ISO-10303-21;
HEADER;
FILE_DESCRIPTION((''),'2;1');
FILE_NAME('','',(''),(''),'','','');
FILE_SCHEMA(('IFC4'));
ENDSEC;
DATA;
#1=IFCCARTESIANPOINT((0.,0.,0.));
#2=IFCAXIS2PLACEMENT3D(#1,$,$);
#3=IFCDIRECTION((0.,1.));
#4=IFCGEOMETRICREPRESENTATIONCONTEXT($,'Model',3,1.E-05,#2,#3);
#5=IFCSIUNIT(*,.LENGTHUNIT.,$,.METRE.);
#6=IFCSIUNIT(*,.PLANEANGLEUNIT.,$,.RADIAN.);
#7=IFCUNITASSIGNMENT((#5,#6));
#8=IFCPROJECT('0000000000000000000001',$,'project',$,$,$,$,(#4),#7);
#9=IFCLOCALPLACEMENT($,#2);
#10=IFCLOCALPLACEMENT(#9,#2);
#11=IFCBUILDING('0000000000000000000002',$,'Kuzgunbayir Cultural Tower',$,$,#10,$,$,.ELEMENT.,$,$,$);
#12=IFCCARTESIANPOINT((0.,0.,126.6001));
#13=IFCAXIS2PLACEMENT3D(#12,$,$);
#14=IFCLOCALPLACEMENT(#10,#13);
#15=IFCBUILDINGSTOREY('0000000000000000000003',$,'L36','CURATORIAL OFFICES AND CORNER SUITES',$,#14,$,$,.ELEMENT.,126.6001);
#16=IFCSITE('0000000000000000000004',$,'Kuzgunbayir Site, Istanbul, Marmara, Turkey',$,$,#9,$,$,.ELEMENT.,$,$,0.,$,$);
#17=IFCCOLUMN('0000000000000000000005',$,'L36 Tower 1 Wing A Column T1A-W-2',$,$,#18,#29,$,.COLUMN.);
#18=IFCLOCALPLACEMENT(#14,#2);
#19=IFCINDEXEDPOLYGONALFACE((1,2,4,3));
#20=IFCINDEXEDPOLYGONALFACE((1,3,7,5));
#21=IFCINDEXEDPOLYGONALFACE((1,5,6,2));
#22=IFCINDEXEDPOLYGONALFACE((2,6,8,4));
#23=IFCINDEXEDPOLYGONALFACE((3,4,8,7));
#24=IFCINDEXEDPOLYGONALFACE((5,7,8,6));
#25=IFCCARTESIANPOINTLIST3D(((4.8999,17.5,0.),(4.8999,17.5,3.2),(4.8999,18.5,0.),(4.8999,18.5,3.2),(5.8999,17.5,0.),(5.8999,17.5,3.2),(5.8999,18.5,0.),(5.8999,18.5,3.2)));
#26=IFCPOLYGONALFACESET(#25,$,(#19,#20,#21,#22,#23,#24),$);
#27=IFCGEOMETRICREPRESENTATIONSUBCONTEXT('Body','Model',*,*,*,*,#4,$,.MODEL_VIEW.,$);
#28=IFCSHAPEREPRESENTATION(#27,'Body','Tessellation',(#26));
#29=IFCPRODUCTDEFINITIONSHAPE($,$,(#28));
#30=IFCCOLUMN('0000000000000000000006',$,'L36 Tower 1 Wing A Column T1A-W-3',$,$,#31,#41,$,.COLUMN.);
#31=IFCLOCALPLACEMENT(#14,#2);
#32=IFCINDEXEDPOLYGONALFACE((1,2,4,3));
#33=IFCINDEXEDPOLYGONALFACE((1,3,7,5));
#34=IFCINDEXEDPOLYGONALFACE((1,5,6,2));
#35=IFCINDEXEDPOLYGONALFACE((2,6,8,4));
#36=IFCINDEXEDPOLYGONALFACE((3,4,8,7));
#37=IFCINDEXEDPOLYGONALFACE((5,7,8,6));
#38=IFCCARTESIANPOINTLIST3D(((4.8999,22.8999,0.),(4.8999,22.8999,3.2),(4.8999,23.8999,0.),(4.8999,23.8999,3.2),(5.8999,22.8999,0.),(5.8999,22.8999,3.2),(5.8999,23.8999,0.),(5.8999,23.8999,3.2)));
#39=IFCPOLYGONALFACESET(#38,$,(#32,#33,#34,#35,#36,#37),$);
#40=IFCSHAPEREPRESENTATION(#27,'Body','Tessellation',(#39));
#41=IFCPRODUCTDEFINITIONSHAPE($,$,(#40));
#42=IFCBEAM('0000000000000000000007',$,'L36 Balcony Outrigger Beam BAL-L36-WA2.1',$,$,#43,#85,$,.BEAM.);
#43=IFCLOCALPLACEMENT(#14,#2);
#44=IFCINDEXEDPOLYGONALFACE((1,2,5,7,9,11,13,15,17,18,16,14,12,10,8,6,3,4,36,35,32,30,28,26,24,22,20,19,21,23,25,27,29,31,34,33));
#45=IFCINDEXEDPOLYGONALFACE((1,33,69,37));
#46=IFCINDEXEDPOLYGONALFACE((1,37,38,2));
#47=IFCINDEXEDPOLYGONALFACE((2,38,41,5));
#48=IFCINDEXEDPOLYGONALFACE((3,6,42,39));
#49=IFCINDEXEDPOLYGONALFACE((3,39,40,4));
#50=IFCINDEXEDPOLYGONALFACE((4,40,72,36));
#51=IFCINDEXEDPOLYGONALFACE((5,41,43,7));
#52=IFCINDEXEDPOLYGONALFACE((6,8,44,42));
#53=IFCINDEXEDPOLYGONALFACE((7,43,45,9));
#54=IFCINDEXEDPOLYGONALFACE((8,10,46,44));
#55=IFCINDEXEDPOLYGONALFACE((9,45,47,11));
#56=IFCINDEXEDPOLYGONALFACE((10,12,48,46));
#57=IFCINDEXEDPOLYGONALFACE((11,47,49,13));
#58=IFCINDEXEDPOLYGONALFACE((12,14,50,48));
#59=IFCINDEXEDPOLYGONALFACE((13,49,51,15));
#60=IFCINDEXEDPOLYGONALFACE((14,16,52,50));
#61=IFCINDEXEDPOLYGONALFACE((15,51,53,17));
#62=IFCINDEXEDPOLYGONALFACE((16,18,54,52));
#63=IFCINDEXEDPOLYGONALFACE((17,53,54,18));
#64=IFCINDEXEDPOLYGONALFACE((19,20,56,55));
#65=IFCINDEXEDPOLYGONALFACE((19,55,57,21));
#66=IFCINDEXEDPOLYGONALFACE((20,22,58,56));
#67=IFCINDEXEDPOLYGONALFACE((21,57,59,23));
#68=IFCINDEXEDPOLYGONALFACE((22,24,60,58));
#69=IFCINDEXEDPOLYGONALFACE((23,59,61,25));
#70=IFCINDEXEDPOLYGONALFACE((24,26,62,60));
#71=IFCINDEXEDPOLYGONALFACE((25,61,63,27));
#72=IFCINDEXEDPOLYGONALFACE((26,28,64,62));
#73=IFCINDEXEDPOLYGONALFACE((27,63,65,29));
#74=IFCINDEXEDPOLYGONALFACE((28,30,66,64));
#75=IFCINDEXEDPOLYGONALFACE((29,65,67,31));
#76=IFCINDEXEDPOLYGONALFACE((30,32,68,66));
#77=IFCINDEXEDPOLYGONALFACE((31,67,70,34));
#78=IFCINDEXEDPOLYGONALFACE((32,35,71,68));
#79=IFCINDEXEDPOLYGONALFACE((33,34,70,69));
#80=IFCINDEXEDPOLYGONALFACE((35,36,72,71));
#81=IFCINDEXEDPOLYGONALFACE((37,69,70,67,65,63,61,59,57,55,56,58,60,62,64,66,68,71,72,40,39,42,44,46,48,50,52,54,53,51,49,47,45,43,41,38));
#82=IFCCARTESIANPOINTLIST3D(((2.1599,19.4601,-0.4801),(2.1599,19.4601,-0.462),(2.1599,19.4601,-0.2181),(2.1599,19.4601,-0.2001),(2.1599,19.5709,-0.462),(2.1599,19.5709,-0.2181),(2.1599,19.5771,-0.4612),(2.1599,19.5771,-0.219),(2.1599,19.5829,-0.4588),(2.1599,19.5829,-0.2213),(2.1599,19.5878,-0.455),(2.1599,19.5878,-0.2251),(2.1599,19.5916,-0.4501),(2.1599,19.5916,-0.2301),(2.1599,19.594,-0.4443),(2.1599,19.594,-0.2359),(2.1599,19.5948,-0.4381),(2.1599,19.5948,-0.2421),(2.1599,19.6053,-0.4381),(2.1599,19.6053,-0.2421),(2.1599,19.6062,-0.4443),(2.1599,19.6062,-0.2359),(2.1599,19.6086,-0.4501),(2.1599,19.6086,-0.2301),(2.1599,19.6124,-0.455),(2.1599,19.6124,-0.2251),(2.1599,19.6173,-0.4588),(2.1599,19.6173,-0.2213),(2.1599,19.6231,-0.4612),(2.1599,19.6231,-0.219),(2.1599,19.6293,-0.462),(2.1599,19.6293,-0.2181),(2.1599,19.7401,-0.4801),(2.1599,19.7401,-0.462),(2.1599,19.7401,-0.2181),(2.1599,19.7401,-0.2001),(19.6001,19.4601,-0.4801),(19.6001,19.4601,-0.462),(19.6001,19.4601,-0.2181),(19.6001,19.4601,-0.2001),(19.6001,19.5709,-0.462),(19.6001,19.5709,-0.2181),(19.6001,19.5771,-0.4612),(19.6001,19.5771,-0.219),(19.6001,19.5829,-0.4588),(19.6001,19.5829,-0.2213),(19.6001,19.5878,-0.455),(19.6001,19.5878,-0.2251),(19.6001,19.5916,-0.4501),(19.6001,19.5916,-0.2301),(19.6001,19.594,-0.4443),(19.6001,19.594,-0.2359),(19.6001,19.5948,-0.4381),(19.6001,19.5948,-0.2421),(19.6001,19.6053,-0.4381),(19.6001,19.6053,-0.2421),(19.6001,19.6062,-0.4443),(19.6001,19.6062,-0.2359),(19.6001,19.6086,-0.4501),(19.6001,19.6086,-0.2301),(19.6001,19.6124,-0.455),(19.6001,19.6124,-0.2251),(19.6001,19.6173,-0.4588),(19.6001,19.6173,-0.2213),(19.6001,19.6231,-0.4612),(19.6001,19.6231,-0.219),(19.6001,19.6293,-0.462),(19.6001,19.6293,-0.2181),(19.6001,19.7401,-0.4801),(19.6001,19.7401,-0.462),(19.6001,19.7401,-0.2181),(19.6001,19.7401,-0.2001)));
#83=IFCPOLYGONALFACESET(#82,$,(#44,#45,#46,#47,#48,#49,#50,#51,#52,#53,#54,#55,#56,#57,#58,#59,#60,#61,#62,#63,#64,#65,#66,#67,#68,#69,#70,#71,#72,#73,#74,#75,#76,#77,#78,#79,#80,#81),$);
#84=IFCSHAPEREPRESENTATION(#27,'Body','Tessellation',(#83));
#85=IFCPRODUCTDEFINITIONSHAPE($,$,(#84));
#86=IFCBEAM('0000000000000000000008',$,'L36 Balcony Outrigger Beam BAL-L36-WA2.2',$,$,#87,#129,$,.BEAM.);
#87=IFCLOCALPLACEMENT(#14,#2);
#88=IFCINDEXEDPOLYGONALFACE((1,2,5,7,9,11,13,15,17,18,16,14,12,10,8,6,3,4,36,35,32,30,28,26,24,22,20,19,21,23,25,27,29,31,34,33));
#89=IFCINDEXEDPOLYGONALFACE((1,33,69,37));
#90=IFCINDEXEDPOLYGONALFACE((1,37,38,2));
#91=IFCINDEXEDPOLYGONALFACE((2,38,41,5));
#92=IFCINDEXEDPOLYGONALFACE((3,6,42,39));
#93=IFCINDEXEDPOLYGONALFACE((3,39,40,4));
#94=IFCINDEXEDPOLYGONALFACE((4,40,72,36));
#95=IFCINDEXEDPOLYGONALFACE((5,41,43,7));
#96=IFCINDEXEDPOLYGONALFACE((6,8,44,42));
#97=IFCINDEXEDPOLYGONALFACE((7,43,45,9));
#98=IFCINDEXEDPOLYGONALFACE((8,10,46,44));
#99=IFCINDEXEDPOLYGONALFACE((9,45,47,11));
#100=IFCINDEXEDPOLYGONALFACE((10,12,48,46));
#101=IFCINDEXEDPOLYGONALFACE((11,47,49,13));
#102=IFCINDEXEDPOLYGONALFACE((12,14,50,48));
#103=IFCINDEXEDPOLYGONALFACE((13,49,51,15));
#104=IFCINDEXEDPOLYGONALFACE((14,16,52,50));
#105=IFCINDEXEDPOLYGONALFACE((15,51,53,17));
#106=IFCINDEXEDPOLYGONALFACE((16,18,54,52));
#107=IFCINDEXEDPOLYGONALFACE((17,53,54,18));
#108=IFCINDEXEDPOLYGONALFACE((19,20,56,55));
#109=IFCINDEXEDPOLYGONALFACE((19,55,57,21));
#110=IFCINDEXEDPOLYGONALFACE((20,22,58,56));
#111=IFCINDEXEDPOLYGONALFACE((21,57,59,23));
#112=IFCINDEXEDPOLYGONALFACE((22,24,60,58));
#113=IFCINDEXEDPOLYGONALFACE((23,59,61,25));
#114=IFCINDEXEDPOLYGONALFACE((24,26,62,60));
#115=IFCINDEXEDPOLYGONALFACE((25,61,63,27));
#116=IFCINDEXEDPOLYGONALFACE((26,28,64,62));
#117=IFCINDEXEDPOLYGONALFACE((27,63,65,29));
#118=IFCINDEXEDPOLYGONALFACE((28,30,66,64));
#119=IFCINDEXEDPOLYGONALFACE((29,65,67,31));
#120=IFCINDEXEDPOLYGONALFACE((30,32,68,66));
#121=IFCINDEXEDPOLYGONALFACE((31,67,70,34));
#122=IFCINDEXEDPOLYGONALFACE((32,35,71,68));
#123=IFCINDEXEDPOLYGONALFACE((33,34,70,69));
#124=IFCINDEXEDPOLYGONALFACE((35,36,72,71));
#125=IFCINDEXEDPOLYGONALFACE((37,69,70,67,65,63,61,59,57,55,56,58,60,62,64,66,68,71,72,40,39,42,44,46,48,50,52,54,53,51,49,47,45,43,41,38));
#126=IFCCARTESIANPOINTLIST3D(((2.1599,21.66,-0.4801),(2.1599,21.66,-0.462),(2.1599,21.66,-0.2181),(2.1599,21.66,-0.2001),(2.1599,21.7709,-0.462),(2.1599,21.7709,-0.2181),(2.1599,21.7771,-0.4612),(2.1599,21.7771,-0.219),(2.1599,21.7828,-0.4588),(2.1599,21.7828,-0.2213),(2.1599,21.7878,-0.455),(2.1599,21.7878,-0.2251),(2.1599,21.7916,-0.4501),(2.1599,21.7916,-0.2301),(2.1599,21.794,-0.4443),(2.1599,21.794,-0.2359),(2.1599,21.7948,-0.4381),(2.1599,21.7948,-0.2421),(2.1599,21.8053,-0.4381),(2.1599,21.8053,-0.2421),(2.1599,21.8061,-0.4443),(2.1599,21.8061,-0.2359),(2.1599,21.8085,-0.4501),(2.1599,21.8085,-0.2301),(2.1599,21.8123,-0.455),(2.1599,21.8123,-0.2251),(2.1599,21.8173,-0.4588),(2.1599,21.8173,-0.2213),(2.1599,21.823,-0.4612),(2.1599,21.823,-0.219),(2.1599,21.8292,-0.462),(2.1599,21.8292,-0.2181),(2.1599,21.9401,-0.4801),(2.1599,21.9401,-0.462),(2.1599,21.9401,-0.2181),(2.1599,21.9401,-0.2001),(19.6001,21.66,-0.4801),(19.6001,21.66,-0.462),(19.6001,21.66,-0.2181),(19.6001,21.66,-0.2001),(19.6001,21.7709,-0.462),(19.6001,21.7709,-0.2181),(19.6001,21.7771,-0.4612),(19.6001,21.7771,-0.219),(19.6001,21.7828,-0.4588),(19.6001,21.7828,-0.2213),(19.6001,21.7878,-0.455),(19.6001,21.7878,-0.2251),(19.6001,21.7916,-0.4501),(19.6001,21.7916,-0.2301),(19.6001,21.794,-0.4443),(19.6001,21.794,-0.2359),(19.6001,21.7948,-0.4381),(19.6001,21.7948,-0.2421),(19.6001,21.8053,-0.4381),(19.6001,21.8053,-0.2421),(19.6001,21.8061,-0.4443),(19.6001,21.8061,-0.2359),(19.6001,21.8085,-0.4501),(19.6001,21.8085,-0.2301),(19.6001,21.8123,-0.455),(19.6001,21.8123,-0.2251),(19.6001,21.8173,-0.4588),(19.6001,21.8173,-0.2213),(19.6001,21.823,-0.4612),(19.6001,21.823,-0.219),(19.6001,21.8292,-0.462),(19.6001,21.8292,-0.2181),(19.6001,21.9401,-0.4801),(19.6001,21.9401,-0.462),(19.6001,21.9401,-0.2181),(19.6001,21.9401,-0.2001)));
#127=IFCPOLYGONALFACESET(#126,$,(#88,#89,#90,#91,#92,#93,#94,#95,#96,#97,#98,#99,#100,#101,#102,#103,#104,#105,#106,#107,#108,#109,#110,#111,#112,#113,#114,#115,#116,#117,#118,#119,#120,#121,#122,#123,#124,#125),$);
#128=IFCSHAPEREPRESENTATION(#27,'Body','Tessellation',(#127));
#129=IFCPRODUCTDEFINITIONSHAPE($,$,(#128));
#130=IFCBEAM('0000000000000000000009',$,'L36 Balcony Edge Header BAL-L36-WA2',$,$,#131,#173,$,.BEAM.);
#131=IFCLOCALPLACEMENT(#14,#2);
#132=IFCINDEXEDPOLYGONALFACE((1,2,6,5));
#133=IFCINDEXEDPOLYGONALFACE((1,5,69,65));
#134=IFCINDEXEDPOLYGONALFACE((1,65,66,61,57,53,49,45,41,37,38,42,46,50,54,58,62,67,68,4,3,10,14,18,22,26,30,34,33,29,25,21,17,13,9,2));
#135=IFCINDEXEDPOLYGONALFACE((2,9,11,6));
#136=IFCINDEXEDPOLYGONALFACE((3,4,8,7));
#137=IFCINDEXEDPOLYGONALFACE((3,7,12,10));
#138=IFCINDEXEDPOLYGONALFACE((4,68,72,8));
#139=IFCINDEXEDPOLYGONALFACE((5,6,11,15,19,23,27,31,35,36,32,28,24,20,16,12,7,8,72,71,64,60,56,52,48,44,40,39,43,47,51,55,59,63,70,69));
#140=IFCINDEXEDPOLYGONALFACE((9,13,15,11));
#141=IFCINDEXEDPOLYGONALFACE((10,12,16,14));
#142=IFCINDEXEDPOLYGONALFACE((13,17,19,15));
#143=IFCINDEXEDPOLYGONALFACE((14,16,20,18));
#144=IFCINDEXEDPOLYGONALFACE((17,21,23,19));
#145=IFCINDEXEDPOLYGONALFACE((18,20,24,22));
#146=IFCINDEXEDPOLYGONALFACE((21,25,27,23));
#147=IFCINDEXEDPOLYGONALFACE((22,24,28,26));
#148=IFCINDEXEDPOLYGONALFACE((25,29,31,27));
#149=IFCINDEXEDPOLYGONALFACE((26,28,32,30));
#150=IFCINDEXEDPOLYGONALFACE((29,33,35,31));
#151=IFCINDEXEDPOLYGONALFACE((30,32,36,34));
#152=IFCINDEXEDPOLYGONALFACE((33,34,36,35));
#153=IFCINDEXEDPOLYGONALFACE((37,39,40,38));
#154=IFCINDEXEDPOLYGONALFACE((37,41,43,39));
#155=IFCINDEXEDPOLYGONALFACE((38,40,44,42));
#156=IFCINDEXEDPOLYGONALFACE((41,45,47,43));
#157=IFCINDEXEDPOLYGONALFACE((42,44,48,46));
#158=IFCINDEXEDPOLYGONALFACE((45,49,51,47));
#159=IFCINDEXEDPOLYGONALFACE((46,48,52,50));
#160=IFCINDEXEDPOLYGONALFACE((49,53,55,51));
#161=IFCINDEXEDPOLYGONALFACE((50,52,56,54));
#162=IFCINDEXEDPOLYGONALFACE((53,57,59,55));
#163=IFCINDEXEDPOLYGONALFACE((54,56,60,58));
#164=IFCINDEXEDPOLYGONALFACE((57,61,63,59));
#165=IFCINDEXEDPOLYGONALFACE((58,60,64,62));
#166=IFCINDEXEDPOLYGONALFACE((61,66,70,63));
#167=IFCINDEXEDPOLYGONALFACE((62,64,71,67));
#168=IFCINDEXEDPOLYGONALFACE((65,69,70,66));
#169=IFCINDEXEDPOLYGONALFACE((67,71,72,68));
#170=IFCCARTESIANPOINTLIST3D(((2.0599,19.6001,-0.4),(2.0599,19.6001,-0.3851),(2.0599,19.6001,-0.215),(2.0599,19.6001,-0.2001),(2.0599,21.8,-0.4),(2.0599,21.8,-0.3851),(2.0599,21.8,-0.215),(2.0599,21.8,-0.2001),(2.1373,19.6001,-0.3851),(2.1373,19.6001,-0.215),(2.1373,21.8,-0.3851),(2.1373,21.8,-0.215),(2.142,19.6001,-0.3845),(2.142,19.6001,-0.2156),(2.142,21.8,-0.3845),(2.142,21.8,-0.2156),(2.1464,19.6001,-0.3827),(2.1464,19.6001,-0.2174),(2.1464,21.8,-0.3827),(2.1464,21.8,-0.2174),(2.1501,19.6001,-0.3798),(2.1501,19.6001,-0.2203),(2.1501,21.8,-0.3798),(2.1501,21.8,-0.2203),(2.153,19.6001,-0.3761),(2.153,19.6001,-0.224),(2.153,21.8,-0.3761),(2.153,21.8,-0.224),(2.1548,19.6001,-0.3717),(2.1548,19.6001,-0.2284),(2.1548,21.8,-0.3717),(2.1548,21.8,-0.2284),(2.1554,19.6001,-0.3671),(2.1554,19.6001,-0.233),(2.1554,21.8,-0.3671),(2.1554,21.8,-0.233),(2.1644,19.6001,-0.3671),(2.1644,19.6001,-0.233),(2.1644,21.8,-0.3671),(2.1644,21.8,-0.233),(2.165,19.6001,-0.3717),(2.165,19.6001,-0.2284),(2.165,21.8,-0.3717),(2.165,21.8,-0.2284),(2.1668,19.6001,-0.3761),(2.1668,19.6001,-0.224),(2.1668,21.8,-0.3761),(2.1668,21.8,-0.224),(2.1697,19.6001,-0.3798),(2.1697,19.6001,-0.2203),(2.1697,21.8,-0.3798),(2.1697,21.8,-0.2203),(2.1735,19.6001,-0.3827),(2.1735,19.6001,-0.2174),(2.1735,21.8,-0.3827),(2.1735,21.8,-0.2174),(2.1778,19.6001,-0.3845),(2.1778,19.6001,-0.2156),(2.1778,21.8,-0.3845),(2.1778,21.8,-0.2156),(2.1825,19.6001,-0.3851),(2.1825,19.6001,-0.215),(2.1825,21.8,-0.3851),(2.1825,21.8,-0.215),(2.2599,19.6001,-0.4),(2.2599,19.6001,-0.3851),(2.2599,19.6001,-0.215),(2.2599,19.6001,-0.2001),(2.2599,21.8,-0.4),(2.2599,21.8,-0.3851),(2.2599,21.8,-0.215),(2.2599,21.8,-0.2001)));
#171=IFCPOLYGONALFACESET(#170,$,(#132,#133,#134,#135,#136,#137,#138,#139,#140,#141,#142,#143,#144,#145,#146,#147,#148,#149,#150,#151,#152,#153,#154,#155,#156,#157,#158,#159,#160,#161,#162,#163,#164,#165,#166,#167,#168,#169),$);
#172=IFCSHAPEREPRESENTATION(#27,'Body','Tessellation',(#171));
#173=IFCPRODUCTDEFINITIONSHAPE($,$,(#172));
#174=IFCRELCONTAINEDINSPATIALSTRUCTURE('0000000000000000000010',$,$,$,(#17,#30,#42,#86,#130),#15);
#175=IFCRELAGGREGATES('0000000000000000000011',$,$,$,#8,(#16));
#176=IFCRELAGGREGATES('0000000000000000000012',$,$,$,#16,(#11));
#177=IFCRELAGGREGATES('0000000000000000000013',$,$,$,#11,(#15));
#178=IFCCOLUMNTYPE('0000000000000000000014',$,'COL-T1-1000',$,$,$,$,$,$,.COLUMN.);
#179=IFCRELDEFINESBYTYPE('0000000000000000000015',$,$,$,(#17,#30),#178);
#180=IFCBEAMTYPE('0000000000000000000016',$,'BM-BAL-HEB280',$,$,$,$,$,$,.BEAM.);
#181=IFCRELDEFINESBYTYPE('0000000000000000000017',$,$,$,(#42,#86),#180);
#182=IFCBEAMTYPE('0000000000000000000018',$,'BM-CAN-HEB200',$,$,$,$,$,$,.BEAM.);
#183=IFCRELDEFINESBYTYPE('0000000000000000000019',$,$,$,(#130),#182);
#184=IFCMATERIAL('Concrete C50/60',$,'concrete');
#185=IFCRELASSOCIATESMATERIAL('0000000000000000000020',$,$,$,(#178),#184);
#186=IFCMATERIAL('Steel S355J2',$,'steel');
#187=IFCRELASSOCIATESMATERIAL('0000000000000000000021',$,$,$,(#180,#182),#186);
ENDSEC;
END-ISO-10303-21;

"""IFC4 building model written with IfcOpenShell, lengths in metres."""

from ifc_helpers import new_model, si_unit, direction, frame, origin, origin_2d, place, context, subcontext, project, spatial, rectangle, i_section, extrude, material, material_profile, profile_set, type_object, element, save


model = new_model("IFC4")

# Units and contexts
model_context = context("Model", 3, precision=1e-05, world=origin(), true_north=direction((0.0, 1.0)))
body_context = subcontext(model_context, "Body", "Model", "MODEL_VIEW")
ifc_project = project(units=[si_unit("LENGTHUNIT", "METRE"), si_unit("PLANEANGLEUNIT", "RADIAN")], contexts=[model_context])

# Site, building, storey
site_placement = place(None, origin())
site = spatial("IfcSite", under=ifc_project, at=site_placement, Name="Kuzgunbayir Site, Istanbul, Marmara, Turkey", CompositionType="ELEMENT", RefElevation=0.0)
building_placement = place(site_placement, origin())
building = spatial("IfcBuilding", under=site, at=building_placement, Name="Kuzgunbayir Cultural Tower", CompositionType="ELEMENT")
storey_placement = place(building_placement, frame((0.0, 0.0, 126.6001)))
storey = spatial("IfcBuildingStorey", under=building, at=storey_placement, Name="L36", Description="CURATORIAL OFFICES AND CORNER SUITES", CompositionType="ELEMENT", Elevation=126.6001)

# Columns
ifc_material_1 = material(Name="Concrete C50/60", Category="concrete")
ifc_material_profile_1 = material_profile(ifc_material_1, rectangle(XDim=1.0, YDim=1.0, at=origin_2d()), Name="RC 1000x1000")
ifc_profile_set_1 = profile_set([ifc_material_profile_1], Name="Concrete C50/60")
column_type = type_object("IfcColumnType", Name="COL-T1-1000", PredefinedType="COLUMN", material=ifc_profile_set_1)
for number, where, z_axis, x_axis, name in (
    (1, (5.3999, 18.0, 0.0), (0.0, 0.0, 1.0), (1.0, 0.0, 0.0), "L36 Tower 1 Wing A Column T1A-W-2"),
    (2, (5.3999, 23.3999, 0.0), (0.0, 0.0, 1.0), (1.0, 0.0, 0.0), "L36 Tower 1 Wing A Column T1A-W-3"),
):
    element("IfcColumn", number, at=place(storey_placement, frame(where, z_axis=z_axis, x_axis=x_axis)), inside=storey, type_object=column_type, Name=name, PredefinedType="COLUMN", context=body_context, shape_type="SweptSolid", body=[
        extrude(rectangle(XDim=1.0, YDim=1.0, at=origin_2d()), origin(), (0.0, 0.0, 1.0), 3.2),
    ])

# Beams
ifc_material_2 = material(Name="Steel S355J2", Category="steel")
ifc_material_profile_2 = material_profile(ifc_material_2, i_section(OverallWidth=0.28, OverallDepth=0.28, WebThickness=0.0105, FlangeThickness=0.0181, FilletRadius=0.0239, at=origin_2d()), Name="HEB 280")
ifc_profile_set_2 = profile_set([ifc_material_profile_2], Name="Steel S355J2")
beam_type_1 = type_object("IfcBeamType", Name="BM-BAL-HEB280", PredefinedType="BEAM", material=ifc_profile_set_2)
for number, where, z_axis, x_axis, name in (
    (3, (2.1599, 19.6001, -0.3401), (1.0, 0.0, 0.0), (0.0, 1.0, 0.0), "L36 Balcony Outrigger Beam BAL-L36-WA2.1"),
    (4, (2.1599, 21.8, -0.3401), (1.0, 0.0, 0.0), (0.0, 1.0, 0.0), "L36 Balcony Outrigger Beam BAL-L36-WA2.2"),
):
    element("IfcBeam", number, at=place(storey_placement, frame(where, z_axis=z_axis, x_axis=x_axis)), inside=storey, type_object=beam_type_1, Name=name, PredefinedType="BEAM", context=body_context, shape_type="SweptSolid", body=[
        extrude(i_section(OverallWidth=0.28, OverallDepth=0.28, WebThickness=0.0105, FlangeThickness=0.0181, FilletRadius=0.0239, at=origin_2d()), origin(), (0.0, 0.0, 1.0), 17.4402),
    ])
ifc_material_profile_3 = material_profile(ifc_material_2, i_section(OverallWidth=0.2, OverallDepth=0.2, WebThickness=0.009, FlangeThickness=0.0149, FilletRadius=0.0181, at=origin_2d()), Name="HEB 200")
ifc_profile_set_3 = profile_set([ifc_material_profile_3], Name="Steel S355J2")
beam_type_2 = type_object("IfcBeamType", Name="BM-CAN-HEB200", PredefinedType="BEAM", material=ifc_profile_set_3)
beam_1_placement = place(storey_placement, frame((2.1599, 19.6001, -0.3), z_axis=(0.0, 1.0, 0.0), x_axis=(-1.0, 0.0, 0.0)))
element("IfcBeam", 5, at=beam_1_placement, inside=storey, type_object=beam_type_2, Name="L36 Balcony Edge Header BAL-L36-WA2", PredefinedType="BEAM", context=body_context, shape_type="SweptSolid", body=[
    extrude(i_section(OverallWidth=0.2, OverallDepth=0.2, WebThickness=0.009, FlangeThickness=0.0149, FilletRadius=0.0181, at=origin_2d()), origin(), (0.0, 0.0, 1.0), 2.2),
])

save(model, "model.ifc")
